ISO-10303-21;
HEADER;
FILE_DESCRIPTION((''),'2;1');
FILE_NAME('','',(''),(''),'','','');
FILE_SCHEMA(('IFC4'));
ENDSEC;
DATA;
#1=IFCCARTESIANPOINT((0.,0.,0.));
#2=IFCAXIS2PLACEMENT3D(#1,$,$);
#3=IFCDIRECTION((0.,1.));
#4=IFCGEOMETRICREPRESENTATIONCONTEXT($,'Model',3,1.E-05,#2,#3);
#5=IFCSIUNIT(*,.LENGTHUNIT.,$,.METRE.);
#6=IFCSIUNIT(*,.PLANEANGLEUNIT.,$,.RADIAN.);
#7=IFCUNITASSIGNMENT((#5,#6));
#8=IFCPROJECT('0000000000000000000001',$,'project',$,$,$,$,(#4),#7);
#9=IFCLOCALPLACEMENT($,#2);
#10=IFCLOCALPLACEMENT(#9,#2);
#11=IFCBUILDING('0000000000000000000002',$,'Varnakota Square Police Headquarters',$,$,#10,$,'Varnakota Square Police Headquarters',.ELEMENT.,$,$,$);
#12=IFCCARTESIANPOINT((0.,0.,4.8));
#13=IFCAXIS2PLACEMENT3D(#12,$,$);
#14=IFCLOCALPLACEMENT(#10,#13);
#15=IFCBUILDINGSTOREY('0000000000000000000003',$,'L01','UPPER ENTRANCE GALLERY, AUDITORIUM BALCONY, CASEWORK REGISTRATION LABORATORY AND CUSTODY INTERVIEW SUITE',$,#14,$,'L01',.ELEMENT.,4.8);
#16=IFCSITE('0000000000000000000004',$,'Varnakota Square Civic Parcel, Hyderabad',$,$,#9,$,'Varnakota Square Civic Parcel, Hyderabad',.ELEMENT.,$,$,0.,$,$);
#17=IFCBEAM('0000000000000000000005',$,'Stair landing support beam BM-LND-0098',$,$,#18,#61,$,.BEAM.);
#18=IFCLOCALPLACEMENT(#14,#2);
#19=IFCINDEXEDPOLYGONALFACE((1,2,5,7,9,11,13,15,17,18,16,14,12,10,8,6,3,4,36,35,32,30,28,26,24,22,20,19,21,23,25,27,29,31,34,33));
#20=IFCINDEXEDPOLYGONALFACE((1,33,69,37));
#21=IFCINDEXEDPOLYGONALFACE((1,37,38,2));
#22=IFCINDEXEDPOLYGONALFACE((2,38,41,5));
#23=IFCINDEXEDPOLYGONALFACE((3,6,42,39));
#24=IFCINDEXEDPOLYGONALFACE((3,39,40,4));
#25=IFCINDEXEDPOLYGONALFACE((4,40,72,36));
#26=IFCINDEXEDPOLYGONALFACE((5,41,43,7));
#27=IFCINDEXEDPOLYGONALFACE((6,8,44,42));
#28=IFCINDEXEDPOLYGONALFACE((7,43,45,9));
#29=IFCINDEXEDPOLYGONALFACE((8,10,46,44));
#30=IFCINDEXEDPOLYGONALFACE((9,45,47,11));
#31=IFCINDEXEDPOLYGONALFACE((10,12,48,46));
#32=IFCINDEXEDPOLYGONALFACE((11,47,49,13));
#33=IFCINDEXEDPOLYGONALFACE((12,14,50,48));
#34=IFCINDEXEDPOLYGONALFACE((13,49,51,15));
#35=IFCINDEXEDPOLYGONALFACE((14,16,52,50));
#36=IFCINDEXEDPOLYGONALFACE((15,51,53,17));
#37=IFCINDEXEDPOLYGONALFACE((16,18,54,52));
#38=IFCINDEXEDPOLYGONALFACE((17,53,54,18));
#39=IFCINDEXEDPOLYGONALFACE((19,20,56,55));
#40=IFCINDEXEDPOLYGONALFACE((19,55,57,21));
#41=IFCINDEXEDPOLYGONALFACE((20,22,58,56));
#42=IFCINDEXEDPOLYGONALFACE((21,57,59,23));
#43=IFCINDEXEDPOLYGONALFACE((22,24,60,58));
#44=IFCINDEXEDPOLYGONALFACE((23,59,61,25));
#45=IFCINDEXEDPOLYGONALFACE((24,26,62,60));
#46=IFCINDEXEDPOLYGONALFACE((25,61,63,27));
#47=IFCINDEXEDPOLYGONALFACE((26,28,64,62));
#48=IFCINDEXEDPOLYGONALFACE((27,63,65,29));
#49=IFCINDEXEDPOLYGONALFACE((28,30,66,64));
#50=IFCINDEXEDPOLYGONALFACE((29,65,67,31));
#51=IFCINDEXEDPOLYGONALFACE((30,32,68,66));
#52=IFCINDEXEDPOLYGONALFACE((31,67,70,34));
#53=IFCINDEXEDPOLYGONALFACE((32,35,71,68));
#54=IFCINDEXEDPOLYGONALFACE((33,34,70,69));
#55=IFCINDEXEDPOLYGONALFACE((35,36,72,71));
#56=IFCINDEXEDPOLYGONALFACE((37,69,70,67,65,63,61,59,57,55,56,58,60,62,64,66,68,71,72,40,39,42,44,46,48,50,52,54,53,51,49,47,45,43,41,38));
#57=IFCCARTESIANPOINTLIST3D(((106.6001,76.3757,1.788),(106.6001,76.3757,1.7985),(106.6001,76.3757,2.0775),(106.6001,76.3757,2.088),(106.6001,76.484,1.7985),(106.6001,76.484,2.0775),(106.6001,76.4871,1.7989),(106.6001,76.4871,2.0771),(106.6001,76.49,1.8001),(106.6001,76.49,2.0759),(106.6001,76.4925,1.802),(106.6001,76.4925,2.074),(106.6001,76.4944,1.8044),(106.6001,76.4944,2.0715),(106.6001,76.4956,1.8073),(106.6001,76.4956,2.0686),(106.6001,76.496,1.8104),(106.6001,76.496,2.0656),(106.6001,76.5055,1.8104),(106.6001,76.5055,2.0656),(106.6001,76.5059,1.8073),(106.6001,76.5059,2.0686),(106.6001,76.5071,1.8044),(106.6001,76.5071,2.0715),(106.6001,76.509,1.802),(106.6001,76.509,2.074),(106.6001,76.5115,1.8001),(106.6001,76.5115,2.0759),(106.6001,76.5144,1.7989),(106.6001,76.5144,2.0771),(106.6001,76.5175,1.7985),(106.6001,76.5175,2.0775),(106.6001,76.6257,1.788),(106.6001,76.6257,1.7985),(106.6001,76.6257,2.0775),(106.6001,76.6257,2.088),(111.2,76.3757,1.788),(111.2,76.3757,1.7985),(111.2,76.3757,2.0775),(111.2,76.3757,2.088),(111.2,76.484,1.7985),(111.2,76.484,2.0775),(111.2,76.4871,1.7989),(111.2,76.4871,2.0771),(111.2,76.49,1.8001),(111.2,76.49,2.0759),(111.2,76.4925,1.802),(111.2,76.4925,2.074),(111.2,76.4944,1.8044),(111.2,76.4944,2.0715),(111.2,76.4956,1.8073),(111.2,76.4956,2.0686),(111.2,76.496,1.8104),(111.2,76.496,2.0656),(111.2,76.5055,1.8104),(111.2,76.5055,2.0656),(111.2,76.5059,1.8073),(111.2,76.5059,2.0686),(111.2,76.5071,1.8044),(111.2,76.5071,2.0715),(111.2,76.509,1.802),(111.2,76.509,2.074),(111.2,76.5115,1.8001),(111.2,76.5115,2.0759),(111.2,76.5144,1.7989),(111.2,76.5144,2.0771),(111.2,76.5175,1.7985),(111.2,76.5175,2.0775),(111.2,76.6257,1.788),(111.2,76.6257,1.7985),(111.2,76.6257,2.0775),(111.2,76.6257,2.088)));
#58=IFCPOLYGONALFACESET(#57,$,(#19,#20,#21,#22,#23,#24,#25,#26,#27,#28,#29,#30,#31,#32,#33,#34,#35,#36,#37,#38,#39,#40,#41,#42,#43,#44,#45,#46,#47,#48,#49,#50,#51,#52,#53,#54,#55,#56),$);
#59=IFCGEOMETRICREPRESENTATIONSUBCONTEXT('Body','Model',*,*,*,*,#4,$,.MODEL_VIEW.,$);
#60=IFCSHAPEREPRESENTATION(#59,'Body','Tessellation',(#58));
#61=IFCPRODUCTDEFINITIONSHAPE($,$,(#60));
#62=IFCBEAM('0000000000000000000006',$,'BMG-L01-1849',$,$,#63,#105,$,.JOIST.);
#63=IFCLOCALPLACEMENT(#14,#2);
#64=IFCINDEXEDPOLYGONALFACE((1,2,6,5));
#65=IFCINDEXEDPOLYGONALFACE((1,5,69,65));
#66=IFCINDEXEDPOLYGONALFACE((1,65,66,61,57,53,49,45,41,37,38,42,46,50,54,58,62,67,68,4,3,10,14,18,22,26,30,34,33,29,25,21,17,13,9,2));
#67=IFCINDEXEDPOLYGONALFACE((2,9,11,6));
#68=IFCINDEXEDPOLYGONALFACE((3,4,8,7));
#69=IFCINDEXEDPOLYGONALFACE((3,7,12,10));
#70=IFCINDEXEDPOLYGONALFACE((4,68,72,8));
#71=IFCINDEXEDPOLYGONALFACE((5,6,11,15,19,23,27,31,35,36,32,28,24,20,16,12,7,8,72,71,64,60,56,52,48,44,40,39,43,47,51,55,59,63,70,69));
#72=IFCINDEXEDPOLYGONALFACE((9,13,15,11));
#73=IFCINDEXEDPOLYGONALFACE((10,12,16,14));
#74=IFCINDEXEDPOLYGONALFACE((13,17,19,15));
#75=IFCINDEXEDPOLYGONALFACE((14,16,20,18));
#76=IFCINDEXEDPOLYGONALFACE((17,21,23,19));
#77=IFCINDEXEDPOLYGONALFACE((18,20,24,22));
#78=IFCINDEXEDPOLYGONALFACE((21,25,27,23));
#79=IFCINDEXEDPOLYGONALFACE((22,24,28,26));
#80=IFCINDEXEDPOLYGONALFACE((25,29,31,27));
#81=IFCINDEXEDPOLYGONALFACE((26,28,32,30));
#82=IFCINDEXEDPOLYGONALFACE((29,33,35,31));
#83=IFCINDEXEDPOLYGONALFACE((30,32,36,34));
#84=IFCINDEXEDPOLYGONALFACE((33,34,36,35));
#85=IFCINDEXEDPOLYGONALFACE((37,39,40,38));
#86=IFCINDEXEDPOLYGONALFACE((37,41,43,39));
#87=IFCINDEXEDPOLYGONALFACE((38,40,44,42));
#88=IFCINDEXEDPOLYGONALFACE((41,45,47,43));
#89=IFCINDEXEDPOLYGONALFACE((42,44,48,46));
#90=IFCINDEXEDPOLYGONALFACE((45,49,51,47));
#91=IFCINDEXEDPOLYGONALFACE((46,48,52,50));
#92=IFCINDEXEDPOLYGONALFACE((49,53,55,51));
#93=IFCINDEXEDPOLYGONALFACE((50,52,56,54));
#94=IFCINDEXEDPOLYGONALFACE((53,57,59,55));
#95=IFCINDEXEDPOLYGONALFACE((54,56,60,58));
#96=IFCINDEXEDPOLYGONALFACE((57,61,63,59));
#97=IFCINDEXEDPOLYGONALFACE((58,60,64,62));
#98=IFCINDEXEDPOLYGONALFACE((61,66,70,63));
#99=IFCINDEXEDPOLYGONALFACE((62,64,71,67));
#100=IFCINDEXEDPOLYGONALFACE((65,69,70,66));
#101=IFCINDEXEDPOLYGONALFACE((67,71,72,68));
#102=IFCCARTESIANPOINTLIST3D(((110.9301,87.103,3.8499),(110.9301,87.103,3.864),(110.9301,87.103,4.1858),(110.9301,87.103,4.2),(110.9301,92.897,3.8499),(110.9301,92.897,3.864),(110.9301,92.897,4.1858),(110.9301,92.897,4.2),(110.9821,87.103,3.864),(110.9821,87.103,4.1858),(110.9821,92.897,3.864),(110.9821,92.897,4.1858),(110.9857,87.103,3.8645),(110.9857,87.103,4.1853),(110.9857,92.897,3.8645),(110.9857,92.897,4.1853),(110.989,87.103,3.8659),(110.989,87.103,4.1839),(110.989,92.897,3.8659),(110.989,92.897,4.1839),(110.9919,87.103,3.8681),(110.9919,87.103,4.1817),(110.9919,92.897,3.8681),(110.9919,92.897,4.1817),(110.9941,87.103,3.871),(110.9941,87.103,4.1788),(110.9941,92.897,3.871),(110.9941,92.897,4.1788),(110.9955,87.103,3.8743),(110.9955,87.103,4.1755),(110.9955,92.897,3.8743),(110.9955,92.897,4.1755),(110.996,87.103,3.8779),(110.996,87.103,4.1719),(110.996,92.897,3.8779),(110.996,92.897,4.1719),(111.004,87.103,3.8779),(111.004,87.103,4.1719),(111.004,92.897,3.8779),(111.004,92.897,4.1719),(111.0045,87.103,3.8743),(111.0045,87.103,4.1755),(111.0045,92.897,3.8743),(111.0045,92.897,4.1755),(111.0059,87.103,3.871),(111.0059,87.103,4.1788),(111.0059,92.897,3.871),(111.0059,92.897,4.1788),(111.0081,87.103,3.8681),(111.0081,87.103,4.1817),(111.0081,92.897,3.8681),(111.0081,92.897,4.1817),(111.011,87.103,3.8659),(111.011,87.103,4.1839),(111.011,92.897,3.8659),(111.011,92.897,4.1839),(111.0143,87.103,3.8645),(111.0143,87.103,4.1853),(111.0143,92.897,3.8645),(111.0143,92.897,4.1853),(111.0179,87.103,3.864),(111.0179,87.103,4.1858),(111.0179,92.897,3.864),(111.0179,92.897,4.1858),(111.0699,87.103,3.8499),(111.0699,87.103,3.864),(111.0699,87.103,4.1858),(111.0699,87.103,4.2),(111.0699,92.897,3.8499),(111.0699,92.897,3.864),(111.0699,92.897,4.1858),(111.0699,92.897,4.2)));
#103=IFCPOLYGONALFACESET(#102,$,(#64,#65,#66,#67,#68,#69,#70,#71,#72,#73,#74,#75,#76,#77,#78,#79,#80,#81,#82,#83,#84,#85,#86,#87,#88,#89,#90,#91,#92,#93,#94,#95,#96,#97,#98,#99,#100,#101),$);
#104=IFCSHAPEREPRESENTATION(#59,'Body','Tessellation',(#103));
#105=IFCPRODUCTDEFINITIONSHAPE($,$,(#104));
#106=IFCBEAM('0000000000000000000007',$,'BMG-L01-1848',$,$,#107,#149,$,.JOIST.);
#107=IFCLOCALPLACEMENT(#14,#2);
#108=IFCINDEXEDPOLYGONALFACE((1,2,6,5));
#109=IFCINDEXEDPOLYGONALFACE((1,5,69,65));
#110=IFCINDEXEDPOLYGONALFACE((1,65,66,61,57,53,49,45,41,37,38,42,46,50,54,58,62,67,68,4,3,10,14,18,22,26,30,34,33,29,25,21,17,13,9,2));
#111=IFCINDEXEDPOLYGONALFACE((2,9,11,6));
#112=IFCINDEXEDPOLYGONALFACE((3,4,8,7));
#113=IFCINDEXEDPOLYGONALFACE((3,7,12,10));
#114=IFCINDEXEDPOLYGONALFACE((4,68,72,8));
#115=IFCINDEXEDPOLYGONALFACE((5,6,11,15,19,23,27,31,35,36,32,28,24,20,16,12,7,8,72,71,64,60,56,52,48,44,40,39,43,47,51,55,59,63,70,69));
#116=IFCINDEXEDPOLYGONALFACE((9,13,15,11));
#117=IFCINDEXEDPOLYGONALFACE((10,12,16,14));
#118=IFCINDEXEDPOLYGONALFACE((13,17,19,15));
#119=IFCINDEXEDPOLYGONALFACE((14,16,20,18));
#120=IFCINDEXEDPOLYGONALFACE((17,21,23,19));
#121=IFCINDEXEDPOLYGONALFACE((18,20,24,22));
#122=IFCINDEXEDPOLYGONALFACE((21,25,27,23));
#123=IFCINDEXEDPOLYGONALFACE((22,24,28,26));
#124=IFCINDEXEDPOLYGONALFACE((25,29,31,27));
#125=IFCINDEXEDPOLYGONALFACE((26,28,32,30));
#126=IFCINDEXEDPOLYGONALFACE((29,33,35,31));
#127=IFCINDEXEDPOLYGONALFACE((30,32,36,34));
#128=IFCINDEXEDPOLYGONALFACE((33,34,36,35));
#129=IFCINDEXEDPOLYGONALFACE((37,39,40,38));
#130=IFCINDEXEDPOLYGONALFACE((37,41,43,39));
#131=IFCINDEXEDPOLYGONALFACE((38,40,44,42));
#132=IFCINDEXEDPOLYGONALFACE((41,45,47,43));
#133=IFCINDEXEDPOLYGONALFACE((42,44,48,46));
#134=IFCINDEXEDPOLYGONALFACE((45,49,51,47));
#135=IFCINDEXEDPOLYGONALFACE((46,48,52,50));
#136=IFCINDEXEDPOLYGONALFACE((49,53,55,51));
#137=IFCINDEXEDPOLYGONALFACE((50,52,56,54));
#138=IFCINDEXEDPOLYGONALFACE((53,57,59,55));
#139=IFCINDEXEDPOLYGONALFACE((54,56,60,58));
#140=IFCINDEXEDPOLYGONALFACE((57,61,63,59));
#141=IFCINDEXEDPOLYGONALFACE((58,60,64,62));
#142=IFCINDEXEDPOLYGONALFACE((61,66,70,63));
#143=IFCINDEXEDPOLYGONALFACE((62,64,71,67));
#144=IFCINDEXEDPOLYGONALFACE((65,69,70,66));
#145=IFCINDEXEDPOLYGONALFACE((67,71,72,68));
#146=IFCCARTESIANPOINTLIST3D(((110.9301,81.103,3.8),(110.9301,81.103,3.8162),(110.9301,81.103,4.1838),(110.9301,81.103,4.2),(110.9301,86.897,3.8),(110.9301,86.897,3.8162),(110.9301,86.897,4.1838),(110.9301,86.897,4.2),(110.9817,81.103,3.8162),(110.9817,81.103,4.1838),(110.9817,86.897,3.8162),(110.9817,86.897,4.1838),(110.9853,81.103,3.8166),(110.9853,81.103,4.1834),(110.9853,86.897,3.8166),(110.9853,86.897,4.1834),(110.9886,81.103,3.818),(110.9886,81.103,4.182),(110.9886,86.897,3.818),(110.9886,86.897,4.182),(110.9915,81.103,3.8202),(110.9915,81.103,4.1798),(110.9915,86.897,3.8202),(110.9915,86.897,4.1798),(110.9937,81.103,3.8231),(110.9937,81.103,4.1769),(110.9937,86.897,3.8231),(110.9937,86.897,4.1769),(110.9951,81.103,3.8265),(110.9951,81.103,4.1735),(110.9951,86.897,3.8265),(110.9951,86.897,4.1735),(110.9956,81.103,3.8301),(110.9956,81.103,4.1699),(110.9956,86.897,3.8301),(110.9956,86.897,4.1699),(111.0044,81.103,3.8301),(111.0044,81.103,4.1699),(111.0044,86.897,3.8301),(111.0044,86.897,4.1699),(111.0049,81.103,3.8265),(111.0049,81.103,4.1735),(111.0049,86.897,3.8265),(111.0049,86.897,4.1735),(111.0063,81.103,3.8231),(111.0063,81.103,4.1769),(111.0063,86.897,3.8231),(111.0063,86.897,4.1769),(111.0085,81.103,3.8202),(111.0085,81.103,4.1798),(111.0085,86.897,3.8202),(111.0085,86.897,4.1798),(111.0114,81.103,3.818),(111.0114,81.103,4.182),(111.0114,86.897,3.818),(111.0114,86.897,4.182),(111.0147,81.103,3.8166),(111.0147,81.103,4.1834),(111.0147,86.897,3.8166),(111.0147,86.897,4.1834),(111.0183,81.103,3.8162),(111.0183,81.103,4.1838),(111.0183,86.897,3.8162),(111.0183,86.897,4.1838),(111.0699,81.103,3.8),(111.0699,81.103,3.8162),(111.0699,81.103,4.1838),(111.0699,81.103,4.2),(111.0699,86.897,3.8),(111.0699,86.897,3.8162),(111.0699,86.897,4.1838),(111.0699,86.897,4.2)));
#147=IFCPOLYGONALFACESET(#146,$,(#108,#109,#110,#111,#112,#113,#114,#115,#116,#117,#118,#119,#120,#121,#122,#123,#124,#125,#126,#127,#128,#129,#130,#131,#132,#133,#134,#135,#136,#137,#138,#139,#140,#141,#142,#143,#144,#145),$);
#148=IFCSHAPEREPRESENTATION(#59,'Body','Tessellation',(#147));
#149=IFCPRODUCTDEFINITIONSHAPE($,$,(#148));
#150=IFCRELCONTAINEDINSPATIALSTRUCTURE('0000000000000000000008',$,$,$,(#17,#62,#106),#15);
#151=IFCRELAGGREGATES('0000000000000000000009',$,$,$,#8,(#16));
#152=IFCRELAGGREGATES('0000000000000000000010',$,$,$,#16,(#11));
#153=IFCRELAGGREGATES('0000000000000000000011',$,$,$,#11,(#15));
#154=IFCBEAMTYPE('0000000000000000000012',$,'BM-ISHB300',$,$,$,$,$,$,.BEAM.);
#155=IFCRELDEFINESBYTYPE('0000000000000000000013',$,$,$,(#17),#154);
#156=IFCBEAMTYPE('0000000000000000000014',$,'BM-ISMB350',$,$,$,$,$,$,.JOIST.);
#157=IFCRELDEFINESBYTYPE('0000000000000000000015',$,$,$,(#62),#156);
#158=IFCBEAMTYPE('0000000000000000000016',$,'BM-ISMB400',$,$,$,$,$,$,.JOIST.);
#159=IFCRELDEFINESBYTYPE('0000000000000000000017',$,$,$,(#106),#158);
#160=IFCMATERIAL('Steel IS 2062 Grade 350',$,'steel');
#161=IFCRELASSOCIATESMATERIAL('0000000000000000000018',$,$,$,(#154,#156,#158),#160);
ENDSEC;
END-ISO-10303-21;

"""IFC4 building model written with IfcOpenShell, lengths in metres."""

from ifc_helpers import new_model, si_unit, direction, frame, origin, origin_2d, place, context, subcontext, project, spatial, i_section, extrude, material, material_profile, profile_set, type_object, element, save


model = new_model("IFC4")

# Units and contexts
model_context = context("Model", 3, precision=1e-05, world=origin(), true_north=direction((0.0, 1.0)))
body_context = subcontext(model_context, "Body", "Model", "MODEL_VIEW")
ifc_project = project(units=[si_unit("LENGTHUNIT", "METRE"), si_unit("PLANEANGLEUNIT", "RADIAN")], contexts=[model_context])

# Site, building, storey
site_placement = place(None, origin())
site = spatial("IfcSite", under=ifc_project, at=site_placement, Name="Varnakota Square Civic Parcel, Hyderabad", LongName="Varnakota Square Civic Parcel, Hyderabad", CompositionType="ELEMENT", RefElevation=0.0)
building_placement = place(site_placement, origin())
building = spatial("IfcBuilding", under=site, at=building_placement, Name="Varnakota Square Police Headquarters", LongName="Varnakota Square Police Headquarters", CompositionType="ELEMENT")
storey_placement = place(building_placement, frame((0.0, 0.0, 4.8)))
storey = spatial("IfcBuildingStorey", under=building, at=storey_placement, Name="L01", Description="UPPER ENTRANCE GALLERY, AUDITORIUM BALCONY, CASEWORK REGISTRATION LABORATORY AND CUSTODY INTERVIEW SUITE", LongName="L01", CompositionType="ELEMENT", Elevation=4.8)

# Shared definitions
ifc_material_1 = material(Name="Steel IS 2062 Grade 350", Category="steel")

# Beams
ifc_material_profile_1 = material_profile(ifc_material_1, i_section(OverallWidth=0.25, OverallDepth=0.3, WebThickness=0.0095, FlangeThickness=0.0105, FilletRadius=0.012, at=origin_2d()), Name="ISHB 300")
ifc_profile_set_1 = profile_set([ifc_material_profile_1], Name="Steel IS 2062 Grade 350")
beam_type_1 = type_object("IfcBeamType", Name="BM-ISHB300", PredefinedType="BEAM", material=ifc_profile_set_1)
beam_1_placement = place(storey_placement, frame((106.6001, 76.5007, 1.938), z_axis=(1.0, 0.0, 0.0), x_axis=(0.0, 1.0, 0.0)))
element("IfcBeam", 1, at=beam_1_placement, inside=storey, type_object=beam_type_1, Name="Stair landing support beam BM-LND-0098", PredefinedType="BEAM", context=body_context, shape_type="SweptSolid", body=[
    extrude(i_section(OverallWidth=0.25, OverallDepth=0.3, WebThickness=0.0095, FlangeThickness=0.0105, FilletRadius=0.012, at=origin_2d()), origin(), (0.0, 0.0, 1.0), 4.5999),
])
ifc_material_profile_2 = material_profile(ifc_material_1, i_section(OverallWidth=0.1399, OverallDepth=0.3501, WebThickness=0.0081, FlangeThickness=0.0142, FilletRadius=0.0139, at=origin_2d()), Name="ISMB 350")
ifc_profile_set_2 = profile_set([ifc_material_profile_2], Name="Steel IS 2062 Grade 350")
beam_type_2 = type_object("IfcBeamType", Name="BM-ISMB350", PredefinedType="JOIST", material=ifc_profile_set_2)
beam_2_placement = place(storey_placement, frame((111.0, 87.103, 4.0249), z_axis=(0.0, 1.0, 0.0), x_axis=(-1.0, 0.0, 0.0)))
element("IfcBeam", 2, at=beam_2_placement, inside=storey, type_object=beam_type_2, Name="BMG-L01-1849", PredefinedType="JOIST", context=body_context, shape_type="SweptSolid", body=[
    extrude(i_section(OverallWidth=0.1399, OverallDepth=0.3501, WebThickness=0.0081, FlangeThickness=0.0142, FilletRadius=0.0139, at=origin_2d()), origin(), (0.0, 0.0, 1.0), 5.7939),
])
ifc_material_profile_3 = material_profile(ifc_material_1, i_section(OverallWidth=0.1399, OverallDepth=0.3999, WebThickness=0.0088, FlangeThickness=0.0161, FilletRadius=0.0139, at=origin_2d()), Name="ISMB 400")
ifc_profile_set_3 = profile_set([ifc_material_profile_3], Name="Steel IS 2062 Grade 350")
beam_type_3 = type_object("IfcBeamType", Name="BM-ISMB400", PredefinedType="JOIST", material=ifc_profile_set_3)
beam_3_placement = place(storey_placement, frame((111.0, 81.103, 4.0), z_axis=(0.0, 1.0, 0.0), x_axis=(-1.0, 0.0, 0.0)))
element("IfcBeam", 3, at=beam_3_placement, inside=storey, type_object=beam_type_3, Name="BMG-L01-1848", PredefinedType="JOIST", context=body_context, shape_type="SweptSolid", body=[
    extrude(i_section(OverallWidth=0.1399, OverallDepth=0.3999, WebThickness=0.0088, FlangeThickness=0.0161, FilletRadius=0.0139, at=origin_2d()), origin(), (0.0, 0.0, 1.0), 5.7939),
])

save(model, "model.ifc")
